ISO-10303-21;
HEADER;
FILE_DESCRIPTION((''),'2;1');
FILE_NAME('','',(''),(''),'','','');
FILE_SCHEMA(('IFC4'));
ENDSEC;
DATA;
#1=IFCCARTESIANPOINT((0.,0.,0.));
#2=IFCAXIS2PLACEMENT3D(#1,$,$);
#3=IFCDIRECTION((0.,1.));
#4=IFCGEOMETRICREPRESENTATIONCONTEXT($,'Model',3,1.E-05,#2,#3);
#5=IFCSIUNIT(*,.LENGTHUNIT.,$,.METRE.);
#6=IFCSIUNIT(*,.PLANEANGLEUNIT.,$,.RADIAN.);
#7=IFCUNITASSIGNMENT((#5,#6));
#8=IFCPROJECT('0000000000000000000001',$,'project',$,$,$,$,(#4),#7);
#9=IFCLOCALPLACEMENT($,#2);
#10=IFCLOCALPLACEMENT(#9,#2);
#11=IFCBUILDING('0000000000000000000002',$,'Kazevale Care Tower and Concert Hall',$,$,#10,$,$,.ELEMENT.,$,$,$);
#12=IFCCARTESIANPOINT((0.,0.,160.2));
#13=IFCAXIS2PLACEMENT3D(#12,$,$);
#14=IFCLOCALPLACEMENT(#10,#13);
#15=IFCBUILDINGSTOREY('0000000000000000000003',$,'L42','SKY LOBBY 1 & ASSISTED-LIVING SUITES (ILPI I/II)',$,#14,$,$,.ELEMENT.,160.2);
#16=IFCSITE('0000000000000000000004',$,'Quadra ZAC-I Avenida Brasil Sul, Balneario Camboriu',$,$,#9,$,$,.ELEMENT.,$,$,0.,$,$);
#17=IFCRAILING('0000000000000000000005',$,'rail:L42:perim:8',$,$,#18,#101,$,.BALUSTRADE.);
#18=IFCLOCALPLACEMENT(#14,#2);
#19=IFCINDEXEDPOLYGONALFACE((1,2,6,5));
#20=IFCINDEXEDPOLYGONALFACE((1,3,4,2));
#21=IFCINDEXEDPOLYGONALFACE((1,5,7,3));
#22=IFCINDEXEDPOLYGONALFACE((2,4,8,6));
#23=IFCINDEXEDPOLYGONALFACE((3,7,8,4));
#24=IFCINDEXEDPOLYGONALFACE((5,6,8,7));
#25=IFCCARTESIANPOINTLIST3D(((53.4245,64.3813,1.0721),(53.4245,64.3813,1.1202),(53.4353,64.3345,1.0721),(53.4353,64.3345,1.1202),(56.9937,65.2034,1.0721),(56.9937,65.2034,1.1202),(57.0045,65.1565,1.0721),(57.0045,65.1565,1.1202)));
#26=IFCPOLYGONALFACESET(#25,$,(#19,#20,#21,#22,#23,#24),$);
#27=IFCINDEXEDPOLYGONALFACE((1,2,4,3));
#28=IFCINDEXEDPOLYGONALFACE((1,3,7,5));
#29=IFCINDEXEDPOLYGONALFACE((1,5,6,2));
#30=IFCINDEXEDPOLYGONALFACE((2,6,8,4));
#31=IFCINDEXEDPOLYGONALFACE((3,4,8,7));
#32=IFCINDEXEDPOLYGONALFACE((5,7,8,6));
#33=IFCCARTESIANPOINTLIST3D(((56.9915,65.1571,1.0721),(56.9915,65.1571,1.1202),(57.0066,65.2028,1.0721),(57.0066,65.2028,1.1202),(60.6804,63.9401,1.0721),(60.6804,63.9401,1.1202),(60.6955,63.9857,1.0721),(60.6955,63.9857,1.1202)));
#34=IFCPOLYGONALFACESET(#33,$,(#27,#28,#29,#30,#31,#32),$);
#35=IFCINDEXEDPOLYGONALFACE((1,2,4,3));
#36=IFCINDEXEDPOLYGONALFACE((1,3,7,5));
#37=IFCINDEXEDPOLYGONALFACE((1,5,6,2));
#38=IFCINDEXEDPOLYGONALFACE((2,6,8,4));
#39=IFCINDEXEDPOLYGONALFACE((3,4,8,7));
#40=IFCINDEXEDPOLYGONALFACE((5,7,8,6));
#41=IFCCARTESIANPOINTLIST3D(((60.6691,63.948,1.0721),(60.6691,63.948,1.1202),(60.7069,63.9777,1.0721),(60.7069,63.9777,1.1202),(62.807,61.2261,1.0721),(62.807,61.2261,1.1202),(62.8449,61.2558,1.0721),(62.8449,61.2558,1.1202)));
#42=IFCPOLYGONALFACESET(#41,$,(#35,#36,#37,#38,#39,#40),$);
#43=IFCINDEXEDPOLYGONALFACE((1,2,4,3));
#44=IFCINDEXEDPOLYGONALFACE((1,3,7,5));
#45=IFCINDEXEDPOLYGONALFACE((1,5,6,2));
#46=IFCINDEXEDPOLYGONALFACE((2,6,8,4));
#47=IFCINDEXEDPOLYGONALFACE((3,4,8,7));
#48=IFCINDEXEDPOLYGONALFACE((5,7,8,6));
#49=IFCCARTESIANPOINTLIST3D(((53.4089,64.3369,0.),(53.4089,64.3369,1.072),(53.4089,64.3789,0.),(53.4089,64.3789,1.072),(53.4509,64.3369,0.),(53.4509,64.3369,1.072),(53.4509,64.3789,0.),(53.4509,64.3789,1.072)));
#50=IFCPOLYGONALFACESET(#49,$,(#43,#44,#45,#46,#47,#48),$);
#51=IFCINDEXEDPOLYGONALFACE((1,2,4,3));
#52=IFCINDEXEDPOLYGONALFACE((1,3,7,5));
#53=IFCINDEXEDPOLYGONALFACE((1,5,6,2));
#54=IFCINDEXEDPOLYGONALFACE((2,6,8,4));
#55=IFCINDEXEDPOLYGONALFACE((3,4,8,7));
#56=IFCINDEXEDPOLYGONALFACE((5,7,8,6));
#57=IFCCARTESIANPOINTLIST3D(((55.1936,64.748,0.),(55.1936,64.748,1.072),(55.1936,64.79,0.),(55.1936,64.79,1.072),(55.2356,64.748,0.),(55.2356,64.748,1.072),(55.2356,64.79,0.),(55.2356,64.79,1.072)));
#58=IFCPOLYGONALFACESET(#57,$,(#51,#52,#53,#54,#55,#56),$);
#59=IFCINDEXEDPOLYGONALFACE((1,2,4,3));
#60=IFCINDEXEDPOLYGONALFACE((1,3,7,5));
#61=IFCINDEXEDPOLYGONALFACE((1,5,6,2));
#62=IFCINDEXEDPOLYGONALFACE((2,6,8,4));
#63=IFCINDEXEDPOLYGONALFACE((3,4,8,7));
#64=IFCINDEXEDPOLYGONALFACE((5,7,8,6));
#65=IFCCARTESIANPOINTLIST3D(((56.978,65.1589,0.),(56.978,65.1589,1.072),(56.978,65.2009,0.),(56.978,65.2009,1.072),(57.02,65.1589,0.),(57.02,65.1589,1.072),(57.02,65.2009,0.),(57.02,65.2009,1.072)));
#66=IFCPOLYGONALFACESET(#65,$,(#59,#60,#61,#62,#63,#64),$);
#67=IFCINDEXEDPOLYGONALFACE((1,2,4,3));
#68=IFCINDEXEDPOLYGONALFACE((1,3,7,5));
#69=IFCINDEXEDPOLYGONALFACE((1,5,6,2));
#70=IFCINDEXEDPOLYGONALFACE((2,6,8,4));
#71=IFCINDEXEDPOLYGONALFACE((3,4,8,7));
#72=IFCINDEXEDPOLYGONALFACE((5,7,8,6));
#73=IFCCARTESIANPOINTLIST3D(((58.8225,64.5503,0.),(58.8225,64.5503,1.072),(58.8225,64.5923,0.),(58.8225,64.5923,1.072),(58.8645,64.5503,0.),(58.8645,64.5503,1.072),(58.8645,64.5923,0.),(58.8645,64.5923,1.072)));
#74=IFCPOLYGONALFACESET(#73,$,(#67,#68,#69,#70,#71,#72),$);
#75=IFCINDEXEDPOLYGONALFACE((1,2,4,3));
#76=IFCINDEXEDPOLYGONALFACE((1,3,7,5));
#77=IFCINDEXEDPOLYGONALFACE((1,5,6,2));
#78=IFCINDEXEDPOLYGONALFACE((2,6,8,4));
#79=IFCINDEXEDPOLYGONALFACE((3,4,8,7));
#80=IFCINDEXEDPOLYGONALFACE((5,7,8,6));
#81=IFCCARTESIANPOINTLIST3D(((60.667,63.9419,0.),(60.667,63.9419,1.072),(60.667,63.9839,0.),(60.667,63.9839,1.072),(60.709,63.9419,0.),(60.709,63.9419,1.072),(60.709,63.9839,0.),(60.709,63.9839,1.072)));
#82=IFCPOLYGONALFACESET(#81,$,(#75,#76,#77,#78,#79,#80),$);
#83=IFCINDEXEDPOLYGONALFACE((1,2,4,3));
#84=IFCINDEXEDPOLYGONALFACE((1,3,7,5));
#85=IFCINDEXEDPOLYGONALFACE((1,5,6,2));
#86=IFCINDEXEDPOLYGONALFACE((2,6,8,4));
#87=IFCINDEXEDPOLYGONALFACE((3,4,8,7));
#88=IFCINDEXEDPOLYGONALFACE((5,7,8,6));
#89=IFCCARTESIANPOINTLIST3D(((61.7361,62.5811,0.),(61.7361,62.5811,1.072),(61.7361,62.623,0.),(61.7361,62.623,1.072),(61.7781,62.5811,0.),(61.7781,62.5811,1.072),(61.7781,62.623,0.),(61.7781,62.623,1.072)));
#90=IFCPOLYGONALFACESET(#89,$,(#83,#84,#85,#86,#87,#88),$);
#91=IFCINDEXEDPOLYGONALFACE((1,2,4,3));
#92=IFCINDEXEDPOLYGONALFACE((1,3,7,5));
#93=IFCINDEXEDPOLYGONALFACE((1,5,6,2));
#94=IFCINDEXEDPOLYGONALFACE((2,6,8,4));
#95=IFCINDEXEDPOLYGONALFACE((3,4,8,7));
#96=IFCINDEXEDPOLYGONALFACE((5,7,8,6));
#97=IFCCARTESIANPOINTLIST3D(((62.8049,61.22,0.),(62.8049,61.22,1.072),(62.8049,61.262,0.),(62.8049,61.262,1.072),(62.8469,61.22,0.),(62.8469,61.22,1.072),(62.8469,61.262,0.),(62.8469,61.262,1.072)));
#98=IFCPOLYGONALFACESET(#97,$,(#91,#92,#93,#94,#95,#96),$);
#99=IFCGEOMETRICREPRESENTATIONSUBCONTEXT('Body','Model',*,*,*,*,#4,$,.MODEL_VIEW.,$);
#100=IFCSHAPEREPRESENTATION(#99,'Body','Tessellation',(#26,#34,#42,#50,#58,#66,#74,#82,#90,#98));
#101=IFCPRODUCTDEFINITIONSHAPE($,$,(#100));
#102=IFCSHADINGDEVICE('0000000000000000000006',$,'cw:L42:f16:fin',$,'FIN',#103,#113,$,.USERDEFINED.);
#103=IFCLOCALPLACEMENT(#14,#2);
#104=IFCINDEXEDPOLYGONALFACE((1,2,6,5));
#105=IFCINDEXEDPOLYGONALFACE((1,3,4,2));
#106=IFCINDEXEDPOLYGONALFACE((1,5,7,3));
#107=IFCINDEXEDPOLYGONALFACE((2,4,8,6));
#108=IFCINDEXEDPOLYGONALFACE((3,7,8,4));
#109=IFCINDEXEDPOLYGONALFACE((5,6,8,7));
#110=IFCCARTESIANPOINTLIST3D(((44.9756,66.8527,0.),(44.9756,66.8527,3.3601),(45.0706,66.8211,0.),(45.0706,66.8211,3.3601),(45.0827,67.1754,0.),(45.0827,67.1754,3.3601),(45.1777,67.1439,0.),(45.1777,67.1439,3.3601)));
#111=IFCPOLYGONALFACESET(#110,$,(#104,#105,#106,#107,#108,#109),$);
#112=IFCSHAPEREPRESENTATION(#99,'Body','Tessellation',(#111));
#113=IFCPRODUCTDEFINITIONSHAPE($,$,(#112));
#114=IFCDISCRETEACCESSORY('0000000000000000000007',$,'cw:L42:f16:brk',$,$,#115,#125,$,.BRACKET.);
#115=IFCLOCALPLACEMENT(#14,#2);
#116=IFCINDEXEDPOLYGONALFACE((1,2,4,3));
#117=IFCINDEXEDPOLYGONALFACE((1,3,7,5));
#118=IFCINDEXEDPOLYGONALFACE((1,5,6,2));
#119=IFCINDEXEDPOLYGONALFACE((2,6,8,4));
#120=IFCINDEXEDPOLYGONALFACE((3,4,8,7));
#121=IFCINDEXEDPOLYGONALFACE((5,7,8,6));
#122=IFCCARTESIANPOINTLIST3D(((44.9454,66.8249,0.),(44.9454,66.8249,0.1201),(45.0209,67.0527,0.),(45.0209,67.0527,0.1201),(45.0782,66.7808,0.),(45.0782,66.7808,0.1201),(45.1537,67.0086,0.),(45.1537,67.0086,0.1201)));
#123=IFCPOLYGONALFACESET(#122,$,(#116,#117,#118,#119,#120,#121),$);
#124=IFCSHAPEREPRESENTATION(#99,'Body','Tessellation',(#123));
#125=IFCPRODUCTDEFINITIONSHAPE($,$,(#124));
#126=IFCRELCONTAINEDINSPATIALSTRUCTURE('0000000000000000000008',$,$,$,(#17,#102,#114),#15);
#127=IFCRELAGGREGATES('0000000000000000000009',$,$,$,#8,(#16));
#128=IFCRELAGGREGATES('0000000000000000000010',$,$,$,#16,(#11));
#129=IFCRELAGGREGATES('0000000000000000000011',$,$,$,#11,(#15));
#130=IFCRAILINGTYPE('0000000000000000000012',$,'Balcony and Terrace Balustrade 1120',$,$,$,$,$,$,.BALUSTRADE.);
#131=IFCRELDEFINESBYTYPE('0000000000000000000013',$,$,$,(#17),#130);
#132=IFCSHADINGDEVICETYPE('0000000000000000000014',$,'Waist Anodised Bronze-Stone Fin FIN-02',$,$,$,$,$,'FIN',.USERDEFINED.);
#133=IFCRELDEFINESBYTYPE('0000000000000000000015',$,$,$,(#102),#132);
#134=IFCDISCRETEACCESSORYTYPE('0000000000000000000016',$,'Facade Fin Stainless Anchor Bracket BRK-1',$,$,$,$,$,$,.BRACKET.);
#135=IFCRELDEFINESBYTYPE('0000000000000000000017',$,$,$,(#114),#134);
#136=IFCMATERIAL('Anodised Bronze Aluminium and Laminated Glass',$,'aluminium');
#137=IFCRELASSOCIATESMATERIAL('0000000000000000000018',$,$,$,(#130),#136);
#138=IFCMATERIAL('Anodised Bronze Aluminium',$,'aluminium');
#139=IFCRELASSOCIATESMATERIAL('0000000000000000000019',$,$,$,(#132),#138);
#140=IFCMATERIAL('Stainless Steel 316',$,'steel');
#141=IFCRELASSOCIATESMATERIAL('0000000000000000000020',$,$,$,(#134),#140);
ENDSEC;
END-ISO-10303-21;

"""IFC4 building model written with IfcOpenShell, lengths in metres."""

from ifc_helpers import new_model, si_unit, direction, frame, origin, origin_2d, place, context, subcontext, project, spatial, rectangle, extrude, material, type_object, element, save


model = new_model("IFC4")

# Units and contexts
model_context = context("Model", 3, precision=1e-05, world=origin(), true_north=direction((0.0, 1.0)))
body_context = subcontext(model_context, "Body", "Model", "MODEL_VIEW")
ifc_project = project(units=[si_unit("LENGTHUNIT", "METRE"), si_unit("PLANEANGLEUNIT", "RADIAN")], contexts=[model_context])

# Site, building, storey
site_placement = place(None, origin())
site = spatial("IfcSite", under=ifc_project, at=site_placement, Name="Quadra ZAC-I Avenida Brasil Sul, Balneario Camboriu", CompositionType="ELEMENT", RefElevation=0.0)
building_placement = place(site_placement, origin())
building = spatial("IfcBuilding", under=site, at=building_placement, Name="Kazevale Care Tower and Concert Hall", CompositionType="ELEMENT")
storey_placement = place(building_placement, frame((0.0, 0.0, 160.2)))
storey = spatial("IfcBuildingStorey", under=building, at=storey_placement, Name="L42", Description="SKY LOBBY 1 & ASSISTED-LIVING SUITES (ILPI I/II)", CompositionType="ELEMENT", Elevation=160.2)

# Railing
ifc_material_1 = material(Name="Anodised Bronze Aluminium and Laminated Glass", Category="aluminium")
railing_type = type_object("IfcRailingType", Name="Balcony and Terrace Balustrade 1120", PredefinedType="BALUSTRADE", material=ifc_material_1)
railing_1_placement = place(storey_placement, frame((53.4299, 64.3579, 0.0)))
element("IfcRailing", 1, at=railing_1_placement, inside=storey, type_object=railing_type, Name="rail:L42:perim:8", PredefinedType="BALUSTRADE", context=body_context, shape_type="SweptSolid", body=[
    extrude(rectangle(XDim=0.0481, YDim=0.0481, at=origin_2d()), frame((0.0, 0.0, 1.0962), z_axis=(0.974488, 0.224441, 0.0), x_axis=(-0.224441, 0.974488, 0.0)), (0.0, 0.0, 1.0), 3.6626),
    extrude(rectangle(XDim=0.0481, YDim=0.0481, at=origin_2d()), frame((3.5691, 0.822, 1.0962), z_axis=(0.949653, -0.313304, 0.0), x_axis=(0.313304, 0.949653, 0.0)), (0.0, 0.0, 1.0), 3.8845),
    extrude(rectangle(XDim=0.0481, YDim=0.0481, at=origin_2d()), frame((7.2581, -0.395, 1.0962), z_axis=(0.617694, -0.786419, 0.0), x_axis=(0.786419, 0.617694, 0.0)), (0.0, 0.0, 1.0), 3.4612),
    extrude(rectangle(XDim=0.042, YDim=0.042, at=origin_2d()), origin(), (0.0, 0.0, 1.0), 1.072),
    extrude(rectangle(XDim=0.042, YDim=0.042, at=origin_2d()), frame((1.7847, 0.4111, 0.0)), (0.0, 0.0, 1.0), 1.072),
    extrude(rectangle(XDim=0.042, YDim=0.042, at=origin_2d()), frame((3.5691, 0.822, 0.0)), (0.0, 0.0, 1.0), 1.072),
    extrude(rectangle(XDim=0.042, YDim=0.042, at=origin_2d()), frame((5.4136, 0.2134, 0.0)), (0.0, 0.0, 1.0), 1.072),
    extrude(rectangle(XDim=0.042, YDim=0.042, at=origin_2d()), frame((7.2581, -0.395, 0.0)), (0.0, 0.0, 1.0), 1.072),
    extrude(rectangle(XDim=0.042, YDim=0.042, at=origin_2d()), frame((8.3271, -1.7559, 0.0)), (0.0, 0.0, 1.0), 1.072),
    extrude(rectangle(XDim=0.042, YDim=0.042, at=origin_2d()), frame((9.396, -3.1169, 0.0)), (0.0, 0.0, 1.0), 1.072),
])

# Shading device
ifc_material_2 = material(Name="Anodised Bronze Aluminium", Category="aluminium")
shading_device_type = type_object("IfcShadingDeviceType", Name="Waist Anodised Bronze-Stone Fin FIN-02", ElementType="FIN", PredefinedType="USERDEFINED", material=ifc_material_2)
shading_device_placement = place(storey_placement, frame((45.0767, 66.9983, 0.0), z_axis=(0.0, 0.0, 1.0), x_axis=(0.314821, 0.949151, 0.0)))
element("IfcShadingDevice", 2, at=shading_device_placement, inside=storey, type_object=shading_device_type, Name="cw:L42:f16:fin", ObjectType="FIN", PredefinedType="USERDEFINED", context=body_context, shape_type="SweptSolid", body=[
    extrude(rectangle(XDim=0.3401, YDim=0.1001, at=origin_2d()), origin(), (0.0, 0.0, 1.0), 3.3601),
])

# Discrete accessory
ifc_material_3 = material(Name="Stainless Steel 316", Category="steel")
discrete_accessory_type = type_object("IfcDiscreteAccessoryType", Name="Facade Fin Stainless Anchor Bracket BRK-1", PredefinedType="BRACKET", material=ifc_material_3)
discrete_accessory_placement = place(storey_placement, frame((45.0496, 66.9167, 0.0), z_axis=(0.0, 0.0, 1.0), x_axis=(0.314821, 0.949151, 0.0)))
element("IfcDiscreteAccessory", 3, at=discrete_accessory_placement, inside=storey, type_object=discrete_accessory_type, Name="cw:L42:f16:brk", PredefinedType="BRACKET", context=body_context, shape_type="SweptSolid", body=[
    extrude(rectangle(XDim=0.24, YDim=0.1399, at=origin_2d()), origin(), (0.0, 0.0, 1.0), 0.1201),
])

save(model, "model.ifc")
